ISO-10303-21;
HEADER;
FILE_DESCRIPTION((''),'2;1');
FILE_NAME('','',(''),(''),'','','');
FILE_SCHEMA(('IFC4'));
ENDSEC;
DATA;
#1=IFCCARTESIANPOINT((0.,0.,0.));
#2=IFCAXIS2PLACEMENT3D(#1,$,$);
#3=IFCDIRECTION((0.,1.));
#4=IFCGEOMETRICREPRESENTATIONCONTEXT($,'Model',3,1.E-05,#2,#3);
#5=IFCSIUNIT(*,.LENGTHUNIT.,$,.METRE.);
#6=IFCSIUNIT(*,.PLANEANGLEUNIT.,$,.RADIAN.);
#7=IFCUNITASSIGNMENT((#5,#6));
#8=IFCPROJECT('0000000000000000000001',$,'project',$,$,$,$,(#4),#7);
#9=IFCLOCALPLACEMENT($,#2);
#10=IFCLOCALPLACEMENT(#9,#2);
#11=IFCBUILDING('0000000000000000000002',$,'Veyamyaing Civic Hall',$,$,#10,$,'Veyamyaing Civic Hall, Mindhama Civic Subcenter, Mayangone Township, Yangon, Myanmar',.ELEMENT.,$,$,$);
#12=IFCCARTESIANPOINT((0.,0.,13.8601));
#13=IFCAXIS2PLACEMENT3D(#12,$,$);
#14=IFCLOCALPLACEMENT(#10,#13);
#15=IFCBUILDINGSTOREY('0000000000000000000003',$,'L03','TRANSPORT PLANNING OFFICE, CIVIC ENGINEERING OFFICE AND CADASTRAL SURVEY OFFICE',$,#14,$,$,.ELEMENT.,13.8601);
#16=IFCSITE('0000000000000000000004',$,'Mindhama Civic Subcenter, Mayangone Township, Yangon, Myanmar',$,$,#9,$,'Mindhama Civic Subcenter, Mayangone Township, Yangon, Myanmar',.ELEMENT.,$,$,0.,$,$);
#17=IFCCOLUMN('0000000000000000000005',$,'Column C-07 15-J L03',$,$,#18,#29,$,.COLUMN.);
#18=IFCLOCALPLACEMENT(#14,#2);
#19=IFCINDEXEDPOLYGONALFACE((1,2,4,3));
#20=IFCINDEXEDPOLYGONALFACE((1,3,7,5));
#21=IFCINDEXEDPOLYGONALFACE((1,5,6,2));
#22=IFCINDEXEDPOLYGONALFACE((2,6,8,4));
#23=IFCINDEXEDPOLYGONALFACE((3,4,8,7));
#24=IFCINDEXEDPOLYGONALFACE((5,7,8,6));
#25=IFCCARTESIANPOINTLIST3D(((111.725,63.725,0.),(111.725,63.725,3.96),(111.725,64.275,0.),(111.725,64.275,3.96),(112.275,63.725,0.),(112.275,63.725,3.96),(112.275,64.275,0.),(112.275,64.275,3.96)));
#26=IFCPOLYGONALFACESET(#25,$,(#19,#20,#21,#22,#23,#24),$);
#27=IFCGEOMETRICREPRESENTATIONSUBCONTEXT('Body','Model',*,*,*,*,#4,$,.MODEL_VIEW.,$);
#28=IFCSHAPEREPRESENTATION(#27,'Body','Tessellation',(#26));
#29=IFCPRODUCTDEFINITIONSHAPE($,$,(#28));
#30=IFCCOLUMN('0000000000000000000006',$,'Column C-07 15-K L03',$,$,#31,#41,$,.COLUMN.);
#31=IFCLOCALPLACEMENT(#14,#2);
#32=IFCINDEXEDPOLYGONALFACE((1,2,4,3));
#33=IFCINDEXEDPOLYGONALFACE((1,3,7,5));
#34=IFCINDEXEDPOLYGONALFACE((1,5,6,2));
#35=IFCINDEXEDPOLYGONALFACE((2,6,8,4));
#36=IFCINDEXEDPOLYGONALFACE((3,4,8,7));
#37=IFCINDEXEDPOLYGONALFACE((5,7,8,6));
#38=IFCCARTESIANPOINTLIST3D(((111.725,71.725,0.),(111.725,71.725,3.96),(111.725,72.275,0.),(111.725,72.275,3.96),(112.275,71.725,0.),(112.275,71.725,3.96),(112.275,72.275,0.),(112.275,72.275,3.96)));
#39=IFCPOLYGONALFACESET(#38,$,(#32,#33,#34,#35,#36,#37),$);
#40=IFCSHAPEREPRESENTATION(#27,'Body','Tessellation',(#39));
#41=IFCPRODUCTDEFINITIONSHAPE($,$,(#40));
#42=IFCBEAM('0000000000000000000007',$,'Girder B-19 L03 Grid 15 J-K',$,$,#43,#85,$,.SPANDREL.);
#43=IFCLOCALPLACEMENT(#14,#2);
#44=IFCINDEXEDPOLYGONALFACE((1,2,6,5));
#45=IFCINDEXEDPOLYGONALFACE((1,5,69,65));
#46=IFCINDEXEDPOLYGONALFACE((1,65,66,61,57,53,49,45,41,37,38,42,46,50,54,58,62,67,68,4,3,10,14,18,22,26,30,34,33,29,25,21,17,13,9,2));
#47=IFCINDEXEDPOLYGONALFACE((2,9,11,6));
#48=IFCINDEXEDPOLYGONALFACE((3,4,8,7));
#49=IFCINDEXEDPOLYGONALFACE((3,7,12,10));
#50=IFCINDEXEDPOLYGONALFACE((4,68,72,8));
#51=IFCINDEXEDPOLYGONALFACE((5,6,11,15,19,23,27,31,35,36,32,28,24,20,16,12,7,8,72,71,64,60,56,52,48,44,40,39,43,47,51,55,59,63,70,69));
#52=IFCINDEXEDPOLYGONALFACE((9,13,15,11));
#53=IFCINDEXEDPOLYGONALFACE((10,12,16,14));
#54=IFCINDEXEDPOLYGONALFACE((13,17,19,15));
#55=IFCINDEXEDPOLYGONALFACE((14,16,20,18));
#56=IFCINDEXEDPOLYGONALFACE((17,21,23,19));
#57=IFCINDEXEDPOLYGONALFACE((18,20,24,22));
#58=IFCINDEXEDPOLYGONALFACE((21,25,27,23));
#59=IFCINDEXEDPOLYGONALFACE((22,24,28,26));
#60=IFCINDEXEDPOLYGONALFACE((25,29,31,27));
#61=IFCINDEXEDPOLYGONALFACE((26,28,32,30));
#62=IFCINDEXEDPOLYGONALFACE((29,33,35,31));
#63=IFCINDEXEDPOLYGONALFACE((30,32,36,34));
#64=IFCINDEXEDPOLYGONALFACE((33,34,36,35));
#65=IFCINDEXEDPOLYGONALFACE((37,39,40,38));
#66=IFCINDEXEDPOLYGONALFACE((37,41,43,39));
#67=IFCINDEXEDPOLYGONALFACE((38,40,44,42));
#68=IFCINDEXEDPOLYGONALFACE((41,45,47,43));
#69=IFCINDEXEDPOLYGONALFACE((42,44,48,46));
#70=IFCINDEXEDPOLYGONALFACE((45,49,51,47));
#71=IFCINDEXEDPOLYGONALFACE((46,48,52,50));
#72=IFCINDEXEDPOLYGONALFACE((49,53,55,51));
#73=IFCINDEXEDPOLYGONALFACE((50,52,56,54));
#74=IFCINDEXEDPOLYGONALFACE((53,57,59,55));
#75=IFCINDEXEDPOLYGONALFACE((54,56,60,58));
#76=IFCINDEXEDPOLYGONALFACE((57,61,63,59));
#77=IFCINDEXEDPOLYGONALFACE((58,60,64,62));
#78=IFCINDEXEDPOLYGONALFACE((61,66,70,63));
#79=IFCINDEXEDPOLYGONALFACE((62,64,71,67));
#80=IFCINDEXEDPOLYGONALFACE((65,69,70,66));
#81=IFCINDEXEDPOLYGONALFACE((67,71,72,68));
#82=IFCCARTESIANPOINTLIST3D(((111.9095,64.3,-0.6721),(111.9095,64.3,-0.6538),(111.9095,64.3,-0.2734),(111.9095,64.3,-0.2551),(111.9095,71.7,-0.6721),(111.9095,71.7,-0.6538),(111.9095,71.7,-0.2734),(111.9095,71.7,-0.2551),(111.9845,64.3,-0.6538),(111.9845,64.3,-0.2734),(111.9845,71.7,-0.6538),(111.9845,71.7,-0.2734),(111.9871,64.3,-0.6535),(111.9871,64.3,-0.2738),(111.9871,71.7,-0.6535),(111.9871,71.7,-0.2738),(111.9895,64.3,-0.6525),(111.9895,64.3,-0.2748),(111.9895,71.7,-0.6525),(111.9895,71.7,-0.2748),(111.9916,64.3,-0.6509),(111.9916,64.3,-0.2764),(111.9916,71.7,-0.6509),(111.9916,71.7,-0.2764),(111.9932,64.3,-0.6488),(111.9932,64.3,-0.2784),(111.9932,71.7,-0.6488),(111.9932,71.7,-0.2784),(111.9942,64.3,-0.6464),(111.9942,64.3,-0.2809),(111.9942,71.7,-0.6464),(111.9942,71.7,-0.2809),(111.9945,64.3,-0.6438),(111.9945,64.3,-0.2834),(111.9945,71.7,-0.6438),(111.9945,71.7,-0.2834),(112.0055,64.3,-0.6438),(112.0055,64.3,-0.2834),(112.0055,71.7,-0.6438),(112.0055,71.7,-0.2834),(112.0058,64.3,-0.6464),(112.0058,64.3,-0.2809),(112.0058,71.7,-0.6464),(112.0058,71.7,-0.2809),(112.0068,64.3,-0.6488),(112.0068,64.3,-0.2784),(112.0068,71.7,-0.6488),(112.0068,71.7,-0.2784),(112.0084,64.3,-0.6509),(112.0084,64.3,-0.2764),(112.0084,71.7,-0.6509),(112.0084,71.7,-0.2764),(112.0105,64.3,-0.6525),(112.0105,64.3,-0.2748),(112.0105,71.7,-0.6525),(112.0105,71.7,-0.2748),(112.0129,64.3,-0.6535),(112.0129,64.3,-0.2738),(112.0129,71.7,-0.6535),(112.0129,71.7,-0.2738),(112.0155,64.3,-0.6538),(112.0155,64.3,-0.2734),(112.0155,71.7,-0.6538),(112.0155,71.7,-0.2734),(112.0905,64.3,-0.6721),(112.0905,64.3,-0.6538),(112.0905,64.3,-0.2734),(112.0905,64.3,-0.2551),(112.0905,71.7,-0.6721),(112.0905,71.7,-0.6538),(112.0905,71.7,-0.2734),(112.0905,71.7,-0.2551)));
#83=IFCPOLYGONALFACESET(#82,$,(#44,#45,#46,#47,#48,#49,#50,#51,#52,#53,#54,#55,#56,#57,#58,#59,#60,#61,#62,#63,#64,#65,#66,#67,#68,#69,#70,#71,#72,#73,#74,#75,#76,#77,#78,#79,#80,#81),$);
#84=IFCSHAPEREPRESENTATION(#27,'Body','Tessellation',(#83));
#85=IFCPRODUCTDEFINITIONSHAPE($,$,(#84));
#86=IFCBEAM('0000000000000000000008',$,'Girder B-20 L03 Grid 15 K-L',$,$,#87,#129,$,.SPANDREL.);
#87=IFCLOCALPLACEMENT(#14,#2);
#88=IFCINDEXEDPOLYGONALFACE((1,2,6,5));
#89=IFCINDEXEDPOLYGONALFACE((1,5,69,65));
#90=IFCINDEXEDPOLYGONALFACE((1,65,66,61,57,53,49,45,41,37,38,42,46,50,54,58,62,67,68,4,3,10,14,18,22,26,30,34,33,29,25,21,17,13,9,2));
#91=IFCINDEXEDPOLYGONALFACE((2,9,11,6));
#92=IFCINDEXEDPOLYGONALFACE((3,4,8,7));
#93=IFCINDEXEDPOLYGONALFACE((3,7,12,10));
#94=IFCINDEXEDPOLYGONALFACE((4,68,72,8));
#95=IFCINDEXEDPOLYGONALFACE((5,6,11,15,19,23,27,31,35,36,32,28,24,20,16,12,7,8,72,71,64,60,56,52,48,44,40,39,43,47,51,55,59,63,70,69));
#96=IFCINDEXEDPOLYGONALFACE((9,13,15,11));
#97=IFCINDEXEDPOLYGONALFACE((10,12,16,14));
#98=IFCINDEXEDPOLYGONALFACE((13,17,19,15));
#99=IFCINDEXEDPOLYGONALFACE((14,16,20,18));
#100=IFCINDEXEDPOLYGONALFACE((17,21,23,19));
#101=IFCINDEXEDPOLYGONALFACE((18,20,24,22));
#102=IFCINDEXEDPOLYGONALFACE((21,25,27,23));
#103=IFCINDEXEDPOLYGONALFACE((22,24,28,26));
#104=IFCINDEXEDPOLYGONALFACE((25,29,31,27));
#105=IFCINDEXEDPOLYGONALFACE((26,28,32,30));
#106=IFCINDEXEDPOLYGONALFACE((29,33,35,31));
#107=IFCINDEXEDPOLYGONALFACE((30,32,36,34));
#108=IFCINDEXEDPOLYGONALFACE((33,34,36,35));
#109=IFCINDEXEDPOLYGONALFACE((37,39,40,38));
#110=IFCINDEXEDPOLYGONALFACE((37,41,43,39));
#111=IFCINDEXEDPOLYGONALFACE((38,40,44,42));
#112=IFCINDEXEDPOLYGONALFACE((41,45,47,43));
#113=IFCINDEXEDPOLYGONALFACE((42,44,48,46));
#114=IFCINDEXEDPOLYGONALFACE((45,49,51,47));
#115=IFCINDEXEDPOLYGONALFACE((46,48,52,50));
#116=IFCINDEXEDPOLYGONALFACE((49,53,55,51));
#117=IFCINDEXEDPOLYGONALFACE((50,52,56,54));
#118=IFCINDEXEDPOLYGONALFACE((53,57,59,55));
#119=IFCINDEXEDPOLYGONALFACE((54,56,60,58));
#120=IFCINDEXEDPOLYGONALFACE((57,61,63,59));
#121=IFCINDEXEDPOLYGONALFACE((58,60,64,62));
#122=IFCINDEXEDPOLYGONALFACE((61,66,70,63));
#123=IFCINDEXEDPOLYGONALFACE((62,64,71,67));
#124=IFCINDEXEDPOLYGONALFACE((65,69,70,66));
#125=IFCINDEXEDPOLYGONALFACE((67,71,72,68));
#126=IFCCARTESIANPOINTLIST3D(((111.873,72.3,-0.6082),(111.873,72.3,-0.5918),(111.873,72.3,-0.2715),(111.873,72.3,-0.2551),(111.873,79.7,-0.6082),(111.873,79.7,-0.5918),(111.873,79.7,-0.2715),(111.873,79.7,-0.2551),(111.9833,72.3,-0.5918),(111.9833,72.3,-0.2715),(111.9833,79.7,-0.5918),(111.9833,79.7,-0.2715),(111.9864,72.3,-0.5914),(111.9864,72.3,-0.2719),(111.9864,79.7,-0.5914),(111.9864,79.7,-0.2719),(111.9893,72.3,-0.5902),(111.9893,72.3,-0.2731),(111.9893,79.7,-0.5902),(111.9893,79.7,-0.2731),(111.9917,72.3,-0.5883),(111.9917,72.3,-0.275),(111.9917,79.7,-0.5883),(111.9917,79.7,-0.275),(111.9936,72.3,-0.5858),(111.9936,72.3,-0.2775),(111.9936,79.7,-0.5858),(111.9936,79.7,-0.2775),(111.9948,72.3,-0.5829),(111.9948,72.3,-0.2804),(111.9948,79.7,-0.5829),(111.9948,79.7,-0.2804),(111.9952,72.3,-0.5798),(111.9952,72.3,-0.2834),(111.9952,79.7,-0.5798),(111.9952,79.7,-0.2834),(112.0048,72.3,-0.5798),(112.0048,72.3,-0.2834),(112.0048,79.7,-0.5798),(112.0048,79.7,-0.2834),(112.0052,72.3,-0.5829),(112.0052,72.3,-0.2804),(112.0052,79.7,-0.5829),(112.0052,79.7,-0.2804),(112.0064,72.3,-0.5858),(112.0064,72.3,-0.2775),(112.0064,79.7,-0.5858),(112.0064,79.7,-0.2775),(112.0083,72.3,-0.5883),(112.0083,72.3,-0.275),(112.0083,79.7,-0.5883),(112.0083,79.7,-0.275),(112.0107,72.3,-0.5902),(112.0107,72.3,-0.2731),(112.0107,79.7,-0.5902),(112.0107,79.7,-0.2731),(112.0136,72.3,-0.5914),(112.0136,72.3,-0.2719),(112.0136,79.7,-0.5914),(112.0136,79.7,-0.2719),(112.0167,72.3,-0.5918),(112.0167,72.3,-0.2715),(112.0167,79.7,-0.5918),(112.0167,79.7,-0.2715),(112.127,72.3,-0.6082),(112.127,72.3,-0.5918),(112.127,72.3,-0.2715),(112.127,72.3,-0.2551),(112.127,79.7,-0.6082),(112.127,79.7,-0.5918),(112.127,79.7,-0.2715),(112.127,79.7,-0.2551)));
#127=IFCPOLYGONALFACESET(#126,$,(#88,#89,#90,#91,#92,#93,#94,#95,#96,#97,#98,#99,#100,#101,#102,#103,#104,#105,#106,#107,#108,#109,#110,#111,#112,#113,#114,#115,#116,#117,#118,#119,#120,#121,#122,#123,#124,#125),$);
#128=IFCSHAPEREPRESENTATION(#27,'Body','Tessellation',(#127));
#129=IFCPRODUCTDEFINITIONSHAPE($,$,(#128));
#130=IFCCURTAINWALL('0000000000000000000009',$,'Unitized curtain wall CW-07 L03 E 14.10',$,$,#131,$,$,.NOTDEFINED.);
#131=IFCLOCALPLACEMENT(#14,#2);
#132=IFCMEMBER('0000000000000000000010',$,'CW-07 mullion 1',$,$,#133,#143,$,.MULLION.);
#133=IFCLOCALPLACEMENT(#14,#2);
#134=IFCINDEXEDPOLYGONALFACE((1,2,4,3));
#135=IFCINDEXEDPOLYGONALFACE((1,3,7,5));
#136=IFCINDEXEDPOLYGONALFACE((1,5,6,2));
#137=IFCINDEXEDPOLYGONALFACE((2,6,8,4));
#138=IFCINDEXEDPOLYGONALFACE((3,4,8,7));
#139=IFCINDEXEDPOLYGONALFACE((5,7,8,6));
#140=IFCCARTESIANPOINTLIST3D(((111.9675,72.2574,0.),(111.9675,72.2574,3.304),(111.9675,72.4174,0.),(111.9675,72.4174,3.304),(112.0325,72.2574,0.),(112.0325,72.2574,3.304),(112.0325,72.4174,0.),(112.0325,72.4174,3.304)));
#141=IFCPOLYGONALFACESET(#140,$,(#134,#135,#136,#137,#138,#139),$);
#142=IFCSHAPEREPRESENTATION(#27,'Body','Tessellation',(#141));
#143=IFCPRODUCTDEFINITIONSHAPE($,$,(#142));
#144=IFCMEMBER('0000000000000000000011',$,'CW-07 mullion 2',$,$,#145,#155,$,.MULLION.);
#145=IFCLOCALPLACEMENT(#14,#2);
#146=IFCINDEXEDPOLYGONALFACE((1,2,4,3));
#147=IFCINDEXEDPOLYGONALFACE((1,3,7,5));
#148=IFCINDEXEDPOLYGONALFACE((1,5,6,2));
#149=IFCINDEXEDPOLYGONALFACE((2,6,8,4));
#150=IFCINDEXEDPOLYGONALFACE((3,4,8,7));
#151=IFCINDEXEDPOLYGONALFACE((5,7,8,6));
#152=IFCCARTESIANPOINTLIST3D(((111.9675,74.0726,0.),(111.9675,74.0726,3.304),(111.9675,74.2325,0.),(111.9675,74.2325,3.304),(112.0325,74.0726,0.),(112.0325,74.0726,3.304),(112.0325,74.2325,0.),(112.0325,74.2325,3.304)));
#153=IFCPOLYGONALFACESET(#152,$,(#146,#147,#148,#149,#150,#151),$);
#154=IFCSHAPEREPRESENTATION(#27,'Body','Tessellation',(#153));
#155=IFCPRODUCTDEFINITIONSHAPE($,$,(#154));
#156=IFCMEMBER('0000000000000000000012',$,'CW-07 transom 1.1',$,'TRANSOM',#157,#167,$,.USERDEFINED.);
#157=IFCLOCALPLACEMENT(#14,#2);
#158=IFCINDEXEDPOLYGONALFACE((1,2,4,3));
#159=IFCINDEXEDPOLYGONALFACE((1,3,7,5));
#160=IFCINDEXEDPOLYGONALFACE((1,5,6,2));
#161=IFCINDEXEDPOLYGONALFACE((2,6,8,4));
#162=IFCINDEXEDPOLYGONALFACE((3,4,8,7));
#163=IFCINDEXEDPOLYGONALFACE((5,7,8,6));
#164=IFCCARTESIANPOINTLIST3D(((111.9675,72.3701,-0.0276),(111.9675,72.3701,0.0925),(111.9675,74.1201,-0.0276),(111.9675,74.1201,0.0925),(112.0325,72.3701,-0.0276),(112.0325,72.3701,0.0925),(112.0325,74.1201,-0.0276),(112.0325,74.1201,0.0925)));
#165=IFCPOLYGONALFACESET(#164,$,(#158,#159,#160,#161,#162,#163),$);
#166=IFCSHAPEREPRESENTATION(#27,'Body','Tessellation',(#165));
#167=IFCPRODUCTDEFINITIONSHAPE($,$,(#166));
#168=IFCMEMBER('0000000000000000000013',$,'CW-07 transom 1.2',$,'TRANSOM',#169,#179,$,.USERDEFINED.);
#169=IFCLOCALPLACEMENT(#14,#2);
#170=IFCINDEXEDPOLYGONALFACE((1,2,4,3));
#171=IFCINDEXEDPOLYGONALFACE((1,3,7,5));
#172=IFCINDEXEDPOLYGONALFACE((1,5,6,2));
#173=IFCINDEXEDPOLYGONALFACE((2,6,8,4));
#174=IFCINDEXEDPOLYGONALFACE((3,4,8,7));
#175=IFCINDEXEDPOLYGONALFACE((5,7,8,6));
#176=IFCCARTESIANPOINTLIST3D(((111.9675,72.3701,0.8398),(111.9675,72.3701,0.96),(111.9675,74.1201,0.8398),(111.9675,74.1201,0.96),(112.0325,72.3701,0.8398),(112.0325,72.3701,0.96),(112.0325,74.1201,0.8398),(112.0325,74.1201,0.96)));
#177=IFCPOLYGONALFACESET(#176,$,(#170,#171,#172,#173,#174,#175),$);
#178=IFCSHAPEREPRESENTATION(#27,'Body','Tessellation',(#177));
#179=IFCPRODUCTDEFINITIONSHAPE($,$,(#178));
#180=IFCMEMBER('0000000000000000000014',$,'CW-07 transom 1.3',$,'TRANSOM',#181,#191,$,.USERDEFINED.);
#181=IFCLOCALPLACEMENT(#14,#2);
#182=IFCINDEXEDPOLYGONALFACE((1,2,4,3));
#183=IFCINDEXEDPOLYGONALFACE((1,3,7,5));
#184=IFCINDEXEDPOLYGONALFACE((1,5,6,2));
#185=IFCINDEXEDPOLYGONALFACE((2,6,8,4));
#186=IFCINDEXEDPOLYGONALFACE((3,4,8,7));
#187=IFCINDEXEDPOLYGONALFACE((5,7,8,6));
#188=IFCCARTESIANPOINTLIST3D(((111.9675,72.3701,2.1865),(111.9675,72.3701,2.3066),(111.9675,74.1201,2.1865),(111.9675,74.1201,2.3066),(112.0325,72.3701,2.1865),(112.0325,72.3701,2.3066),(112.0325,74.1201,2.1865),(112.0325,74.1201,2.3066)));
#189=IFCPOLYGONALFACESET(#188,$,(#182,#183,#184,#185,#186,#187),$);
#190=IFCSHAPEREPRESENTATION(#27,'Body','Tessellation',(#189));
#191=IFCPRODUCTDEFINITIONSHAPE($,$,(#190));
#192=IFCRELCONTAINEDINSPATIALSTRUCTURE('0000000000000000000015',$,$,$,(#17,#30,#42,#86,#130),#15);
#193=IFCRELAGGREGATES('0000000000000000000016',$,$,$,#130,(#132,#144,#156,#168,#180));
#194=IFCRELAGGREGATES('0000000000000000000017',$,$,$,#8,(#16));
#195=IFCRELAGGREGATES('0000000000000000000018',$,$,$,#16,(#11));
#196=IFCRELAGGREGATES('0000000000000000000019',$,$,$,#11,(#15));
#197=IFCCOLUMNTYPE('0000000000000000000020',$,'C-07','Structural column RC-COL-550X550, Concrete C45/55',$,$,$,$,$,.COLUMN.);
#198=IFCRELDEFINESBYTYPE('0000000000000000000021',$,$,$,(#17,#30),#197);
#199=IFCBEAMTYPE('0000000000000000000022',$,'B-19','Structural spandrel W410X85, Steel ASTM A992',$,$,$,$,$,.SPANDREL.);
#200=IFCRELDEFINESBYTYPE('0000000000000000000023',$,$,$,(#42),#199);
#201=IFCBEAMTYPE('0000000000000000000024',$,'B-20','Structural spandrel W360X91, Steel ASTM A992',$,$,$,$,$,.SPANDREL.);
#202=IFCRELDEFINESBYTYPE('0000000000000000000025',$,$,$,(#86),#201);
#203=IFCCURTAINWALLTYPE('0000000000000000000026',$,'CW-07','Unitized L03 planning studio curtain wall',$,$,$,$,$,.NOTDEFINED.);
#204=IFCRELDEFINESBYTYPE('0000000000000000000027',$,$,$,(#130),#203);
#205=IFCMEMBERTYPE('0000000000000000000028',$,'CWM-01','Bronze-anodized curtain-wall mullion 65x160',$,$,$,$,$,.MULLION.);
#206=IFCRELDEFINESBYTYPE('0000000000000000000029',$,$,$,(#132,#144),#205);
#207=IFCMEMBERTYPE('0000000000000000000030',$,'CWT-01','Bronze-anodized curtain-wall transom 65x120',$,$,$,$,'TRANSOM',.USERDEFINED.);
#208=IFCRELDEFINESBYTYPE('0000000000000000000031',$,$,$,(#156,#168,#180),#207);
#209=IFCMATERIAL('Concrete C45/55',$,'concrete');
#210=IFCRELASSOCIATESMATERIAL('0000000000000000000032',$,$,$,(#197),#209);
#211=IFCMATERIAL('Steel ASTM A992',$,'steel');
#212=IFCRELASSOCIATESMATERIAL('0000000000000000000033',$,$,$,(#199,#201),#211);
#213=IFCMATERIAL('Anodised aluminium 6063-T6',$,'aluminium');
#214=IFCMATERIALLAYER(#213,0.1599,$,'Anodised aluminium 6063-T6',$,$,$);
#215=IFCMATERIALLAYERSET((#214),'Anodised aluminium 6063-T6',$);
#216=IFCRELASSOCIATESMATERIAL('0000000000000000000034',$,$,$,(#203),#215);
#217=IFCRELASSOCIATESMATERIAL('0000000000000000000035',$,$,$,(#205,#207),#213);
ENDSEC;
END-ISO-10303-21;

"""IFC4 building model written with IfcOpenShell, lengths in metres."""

from ifc_helpers import new_model, si_unit, direction, frame, origin, origin_2d, place, context, subcontext, project, spatial, rectangle, i_section, extrude, material, layer, layer_set, material_profile, profile_set, type_object, element, aggregate, save


model = new_model("IFC4")

# Units and contexts
model_context = context("Model", 3, precision=1e-05, world=origin(), true_north=direction((0.0, 1.0)))
body_context = subcontext(model_context, "Body", "Model", "MODEL_VIEW")
ifc_project = project(units=[si_unit("LENGTHUNIT", "METRE"), si_unit("PLANEANGLEUNIT", "RADIAN")], contexts=[model_context])

# Site, building, storey
site_placement = place(None, origin())
site = spatial("IfcSite", under=ifc_project, at=site_placement, Name="Mindhama Civic Subcenter, Mayangone Township, Yangon, Myanmar", LongName="Mindhama Civic Subcenter, Mayangone Township, Yangon, Myanmar", CompositionType="ELEMENT", RefElevation=0.0)
building_placement = place(site_placement, origin())
building = spatial("IfcBuilding", under=site, at=building_placement, Name="Veyamyaing Civic Hall", LongName="Veyamyaing Civic Hall, Mindhama Civic Subcenter, Mayangone Township, Yangon, Myanmar", CompositionType="ELEMENT")
storey_placement = place(building_placement, frame((0.0, 0.0, 13.8601)))
storey = spatial("IfcBuildingStorey", under=building, at=storey_placement, Name="L03", Description="TRANSPORT PLANNING OFFICE, CIVIC ENGINEERING OFFICE AND CADASTRAL SURVEY OFFICE", CompositionType="ELEMENT", Elevation=13.8601)

# Columns
ifc_material_1 = material(Name="Concrete C45/55", Category="concrete")
ifc_material_profile_1 = material_profile(ifc_material_1, rectangle(XDim=0.55, YDim=0.55, at=origin_2d()), Name="RC-COL-550X550")
ifc_profile_set_1 = profile_set([ifc_material_profile_1], Name="Concrete C45/55")
column_type = type_object("IfcColumnType", Name="C-07", Description="Structural column RC-COL-550X550, Concrete C45/55", PredefinedType="COLUMN", material=ifc_profile_set_1)
for number, where, z_axis, x_axis, name in (
    (1, (112.0, 64.0, 0.0), (0.0, 0.0, 1.0), (1.0, 0.0, 0.0), "Column C-07 15-J L03"),
    (2, (112.0, 72.0, 0.0), (0.0, 0.0, 1.0), (1.0, 0.0, 0.0), "Column C-07 15-K L03"),
):
    element("IfcColumn", number, at=place(storey_placement, frame(where, z_axis=z_axis, x_axis=x_axis)), inside=storey, type_object=column_type, Name=name, PredefinedType="COLUMN", context=body_context, shape_type="SweptSolid", body=[
        extrude(rectangle(XDim=0.55, YDim=0.55, at=origin_2d()), origin(), (0.0, 0.0, 1.0), 3.96),
    ])

# Beams
ifc_material_2 = material(Name="Steel ASTM A992", Category="steel")
ifc_material_profile_2 = material_profile(ifc_material_2, i_section(OverallWidth=0.1809, OverallDepth=0.417, WebThickness=0.011, FlangeThickness=0.0183, FilletRadius=0.01, at=origin_2d()), Name="W410X85")
ifc_profile_set_2 = profile_set([ifc_material_profile_2], Name="Steel ASTM A992")
beam_type_1 = type_object("IfcBeamType", Name="B-19", Description="Structural spandrel W410X85, Steel ASTM A992", PredefinedType="SPANDREL", material=ifc_profile_set_2)
beam_1_placement = place(storey_placement, frame((112.0, 64.3, -0.4636), z_axis=(0.0, 1.0, 0.0), x_axis=(-1.0, 0.0, 0.0)))
element("IfcBeam", 3, at=beam_1_placement, inside=storey, type_object=beam_type_1, Name="Girder B-19 L03 Grid 15 J-K", PredefinedType="SPANDREL", context=body_context, shape_type="SweptSolid", body=[
    extrude(i_section(OverallWidth=0.1809, OverallDepth=0.417, WebThickness=0.011, FlangeThickness=0.0183, FilletRadius=0.01, at=origin_2d()), origin(), (0.0, 0.0, 1.0), 7.3999),
])
ifc_material_profile_3 = material_profile(ifc_material_2, i_section(OverallWidth=0.2539, OverallDepth=0.353, WebThickness=0.0095, FlangeThickness=0.0164, FilletRadius=0.012, at=origin_2d()), Name="W360X91")
ifc_profile_set_3 = profile_set([ifc_material_profile_3], Name="Steel ASTM A992")
beam_type_2 = type_object("IfcBeamType", Name="B-20", Description="Structural spandrel W360X91, Steel ASTM A992", PredefinedType="SPANDREL", material=ifc_profile_set_3)
beam_2_placement = place(storey_placement, frame((112.0, 72.3, -0.4316), z_axis=(0.0, 1.0, 0.0), x_axis=(-1.0, 0.0, 0.0)))
element("IfcBeam", 4, at=beam_2_placement, inside=storey, type_object=beam_type_2, Name="Girder B-20 L03 Grid 15 K-L", PredefinedType="SPANDREL", context=body_context, shape_type="SweptSolid", body=[
    extrude(i_section(OverallWidth=0.2539, OverallDepth=0.353, WebThickness=0.0095, FlangeThickness=0.0164, FilletRadius=0.012, at=origin_2d()), origin(), (0.0, 0.0, 1.0), 7.3999),
])

# Curtain wall, members
ifc_material_3 = material(Name="Anodised aluminium 6063-T6", Category="aluminium")
ifc_layer_1 = layer(ifc_material_3, 0.1599, Name="Anodised aluminium 6063-T6")
ifc_layer_set_1 = layer_set([ifc_layer_1], Name="Anodised aluminium 6063-T6")
curtain_wall_type = type_object("IfcCurtainWallType", Name="CW-07", Description="Unitized L03 planning studio curtain wall", PredefinedType="NOTDEFINED", material=ifc_layer_set_1)
curtain_wall_placement = place(storey_placement, origin())
curtain_wall = element("IfcCurtainWall", 5, at=curtain_wall_placement, inside=storey, type_object=curtain_wall_type, Name="Unitized curtain wall CW-07 L03 E 14.10", PredefinedType="NOTDEFINED")
ifc_material_profile_4 = material_profile(ifc_material_3, rectangle(XDim=0.0649, YDim=0.1599, at=origin_2d()), Name="ALU-MUL-65X160")
ifc_profile_set_4 = profile_set([ifc_material_profile_4], Name="Anodised aluminium 6063-T6")
member_type_1 = type_object("IfcMemberType", Name="CWM-01", Description="Bronze-anodized curtain-wall mullion 65x160", PredefinedType="MULLION", material=ifc_profile_set_4)
member_1_placement = place(storey_placement, frame((112.0, 72.3374, 0.0), z_axis=(0.0, 0.0, 1.0), x_axis=(-1.0, 0.0, 0.0)))
member_1 = element("IfcMember", 6, at=member_1_placement, type_object=member_type_1, Name="CW-07 mullion 1", PredefinedType="MULLION", context=body_context, shape_type="SweptSolid", body=[
    extrude(rectangle(XDim=0.0649, YDim=0.1599, at=origin_2d()), origin(), (0.0, 0.0, 1.0), 3.304),
])
member_2_placement = place(storey_placement, frame((112.0, 74.1526, 0.0), z_axis=(0.0, 0.0, 1.0), x_axis=(-1.0, 0.0, 0.0)))
member_2 = element("IfcMember", 7, at=member_2_placement, type_object=member_type_1, Name="CW-07 mullion 2", PredefinedType="MULLION", context=body_context, shape_type="SweptSolid", body=[
    extrude(rectangle(XDim=0.0649, YDim=0.1599, at=origin_2d()), origin(), (0.0, 0.0, 1.0), 3.304),
])
ifc_material_profile_5 = material_profile(ifc_material_3, rectangle(XDim=0.0649, YDim=0.1201, at=origin_2d()), Name="ALU-TRN-65X120")
ifc_profile_set_5 = profile_set([ifc_material_profile_5], Name="Anodised aluminium 6063-T6")
member_type_2 = type_object("IfcMemberType", Name="CWT-01", Description="Bronze-anodized curtain-wall transom 65x120", ElementType="TRANSOM", PredefinedType="USERDEFINED", material=ifc_profile_set_5)
member_3_placement = place(storey_placement, frame((112.0, 72.3701, 0.0325), z_axis=(0.0, 1.0, 0.0), x_axis=(-1.0, 0.0, 0.0)))
member_3 = element("IfcMember", 8, at=member_3_placement, type_object=member_type_2, Name="CW-07 transom 1.1", ObjectType="TRANSOM", PredefinedType="USERDEFINED", context=body_context, shape_type="SweptSolid", body=[
    extrude(rectangle(XDim=0.0649, YDim=0.1201, at=origin_2d()), origin(), (0.0, 0.0, 1.0), 1.75),
])
member_4_placement = place(storey_placement, frame((112.0, 72.3701, 0.8999), z_axis=(0.0, 1.0, 0.0), x_axis=(-1.0, 0.0, 0.0)))
member_4 = element("IfcMember", 9, at=member_4_placement, type_object=member_type_2, Name="CW-07 transom 1.2", ObjectType="TRANSOM", PredefinedType="USERDEFINED", context=body_context, shape_type="SweptSolid", body=[
    extrude(rectangle(XDim=0.0649, YDim=0.1201, at=origin_2d()), origin(), (0.0, 0.0, 1.0), 1.75),
])
member_5_placement = place(storey_placement, frame((112.0, 72.3701, 2.2466), z_axis=(0.0, 1.0, 0.0), x_axis=(-1.0, 0.0, 0.0)))
member_5 = element("IfcMember", 10, at=member_5_placement, type_object=member_type_2, Name="CW-07 transom 1.3", ObjectType="TRANSOM", PredefinedType="USERDEFINED", context=body_context, shape_type="SweptSolid", body=[
    extrude(rectangle(XDim=0.0649, YDim=0.1201, at=origin_2d()), origin(), (0.0, 0.0, 1.0), 1.75),
])
aggregate(curtain_wall, [member_1, member_2, member_3, member_4, member_5])

save(model, "model.ifc")
